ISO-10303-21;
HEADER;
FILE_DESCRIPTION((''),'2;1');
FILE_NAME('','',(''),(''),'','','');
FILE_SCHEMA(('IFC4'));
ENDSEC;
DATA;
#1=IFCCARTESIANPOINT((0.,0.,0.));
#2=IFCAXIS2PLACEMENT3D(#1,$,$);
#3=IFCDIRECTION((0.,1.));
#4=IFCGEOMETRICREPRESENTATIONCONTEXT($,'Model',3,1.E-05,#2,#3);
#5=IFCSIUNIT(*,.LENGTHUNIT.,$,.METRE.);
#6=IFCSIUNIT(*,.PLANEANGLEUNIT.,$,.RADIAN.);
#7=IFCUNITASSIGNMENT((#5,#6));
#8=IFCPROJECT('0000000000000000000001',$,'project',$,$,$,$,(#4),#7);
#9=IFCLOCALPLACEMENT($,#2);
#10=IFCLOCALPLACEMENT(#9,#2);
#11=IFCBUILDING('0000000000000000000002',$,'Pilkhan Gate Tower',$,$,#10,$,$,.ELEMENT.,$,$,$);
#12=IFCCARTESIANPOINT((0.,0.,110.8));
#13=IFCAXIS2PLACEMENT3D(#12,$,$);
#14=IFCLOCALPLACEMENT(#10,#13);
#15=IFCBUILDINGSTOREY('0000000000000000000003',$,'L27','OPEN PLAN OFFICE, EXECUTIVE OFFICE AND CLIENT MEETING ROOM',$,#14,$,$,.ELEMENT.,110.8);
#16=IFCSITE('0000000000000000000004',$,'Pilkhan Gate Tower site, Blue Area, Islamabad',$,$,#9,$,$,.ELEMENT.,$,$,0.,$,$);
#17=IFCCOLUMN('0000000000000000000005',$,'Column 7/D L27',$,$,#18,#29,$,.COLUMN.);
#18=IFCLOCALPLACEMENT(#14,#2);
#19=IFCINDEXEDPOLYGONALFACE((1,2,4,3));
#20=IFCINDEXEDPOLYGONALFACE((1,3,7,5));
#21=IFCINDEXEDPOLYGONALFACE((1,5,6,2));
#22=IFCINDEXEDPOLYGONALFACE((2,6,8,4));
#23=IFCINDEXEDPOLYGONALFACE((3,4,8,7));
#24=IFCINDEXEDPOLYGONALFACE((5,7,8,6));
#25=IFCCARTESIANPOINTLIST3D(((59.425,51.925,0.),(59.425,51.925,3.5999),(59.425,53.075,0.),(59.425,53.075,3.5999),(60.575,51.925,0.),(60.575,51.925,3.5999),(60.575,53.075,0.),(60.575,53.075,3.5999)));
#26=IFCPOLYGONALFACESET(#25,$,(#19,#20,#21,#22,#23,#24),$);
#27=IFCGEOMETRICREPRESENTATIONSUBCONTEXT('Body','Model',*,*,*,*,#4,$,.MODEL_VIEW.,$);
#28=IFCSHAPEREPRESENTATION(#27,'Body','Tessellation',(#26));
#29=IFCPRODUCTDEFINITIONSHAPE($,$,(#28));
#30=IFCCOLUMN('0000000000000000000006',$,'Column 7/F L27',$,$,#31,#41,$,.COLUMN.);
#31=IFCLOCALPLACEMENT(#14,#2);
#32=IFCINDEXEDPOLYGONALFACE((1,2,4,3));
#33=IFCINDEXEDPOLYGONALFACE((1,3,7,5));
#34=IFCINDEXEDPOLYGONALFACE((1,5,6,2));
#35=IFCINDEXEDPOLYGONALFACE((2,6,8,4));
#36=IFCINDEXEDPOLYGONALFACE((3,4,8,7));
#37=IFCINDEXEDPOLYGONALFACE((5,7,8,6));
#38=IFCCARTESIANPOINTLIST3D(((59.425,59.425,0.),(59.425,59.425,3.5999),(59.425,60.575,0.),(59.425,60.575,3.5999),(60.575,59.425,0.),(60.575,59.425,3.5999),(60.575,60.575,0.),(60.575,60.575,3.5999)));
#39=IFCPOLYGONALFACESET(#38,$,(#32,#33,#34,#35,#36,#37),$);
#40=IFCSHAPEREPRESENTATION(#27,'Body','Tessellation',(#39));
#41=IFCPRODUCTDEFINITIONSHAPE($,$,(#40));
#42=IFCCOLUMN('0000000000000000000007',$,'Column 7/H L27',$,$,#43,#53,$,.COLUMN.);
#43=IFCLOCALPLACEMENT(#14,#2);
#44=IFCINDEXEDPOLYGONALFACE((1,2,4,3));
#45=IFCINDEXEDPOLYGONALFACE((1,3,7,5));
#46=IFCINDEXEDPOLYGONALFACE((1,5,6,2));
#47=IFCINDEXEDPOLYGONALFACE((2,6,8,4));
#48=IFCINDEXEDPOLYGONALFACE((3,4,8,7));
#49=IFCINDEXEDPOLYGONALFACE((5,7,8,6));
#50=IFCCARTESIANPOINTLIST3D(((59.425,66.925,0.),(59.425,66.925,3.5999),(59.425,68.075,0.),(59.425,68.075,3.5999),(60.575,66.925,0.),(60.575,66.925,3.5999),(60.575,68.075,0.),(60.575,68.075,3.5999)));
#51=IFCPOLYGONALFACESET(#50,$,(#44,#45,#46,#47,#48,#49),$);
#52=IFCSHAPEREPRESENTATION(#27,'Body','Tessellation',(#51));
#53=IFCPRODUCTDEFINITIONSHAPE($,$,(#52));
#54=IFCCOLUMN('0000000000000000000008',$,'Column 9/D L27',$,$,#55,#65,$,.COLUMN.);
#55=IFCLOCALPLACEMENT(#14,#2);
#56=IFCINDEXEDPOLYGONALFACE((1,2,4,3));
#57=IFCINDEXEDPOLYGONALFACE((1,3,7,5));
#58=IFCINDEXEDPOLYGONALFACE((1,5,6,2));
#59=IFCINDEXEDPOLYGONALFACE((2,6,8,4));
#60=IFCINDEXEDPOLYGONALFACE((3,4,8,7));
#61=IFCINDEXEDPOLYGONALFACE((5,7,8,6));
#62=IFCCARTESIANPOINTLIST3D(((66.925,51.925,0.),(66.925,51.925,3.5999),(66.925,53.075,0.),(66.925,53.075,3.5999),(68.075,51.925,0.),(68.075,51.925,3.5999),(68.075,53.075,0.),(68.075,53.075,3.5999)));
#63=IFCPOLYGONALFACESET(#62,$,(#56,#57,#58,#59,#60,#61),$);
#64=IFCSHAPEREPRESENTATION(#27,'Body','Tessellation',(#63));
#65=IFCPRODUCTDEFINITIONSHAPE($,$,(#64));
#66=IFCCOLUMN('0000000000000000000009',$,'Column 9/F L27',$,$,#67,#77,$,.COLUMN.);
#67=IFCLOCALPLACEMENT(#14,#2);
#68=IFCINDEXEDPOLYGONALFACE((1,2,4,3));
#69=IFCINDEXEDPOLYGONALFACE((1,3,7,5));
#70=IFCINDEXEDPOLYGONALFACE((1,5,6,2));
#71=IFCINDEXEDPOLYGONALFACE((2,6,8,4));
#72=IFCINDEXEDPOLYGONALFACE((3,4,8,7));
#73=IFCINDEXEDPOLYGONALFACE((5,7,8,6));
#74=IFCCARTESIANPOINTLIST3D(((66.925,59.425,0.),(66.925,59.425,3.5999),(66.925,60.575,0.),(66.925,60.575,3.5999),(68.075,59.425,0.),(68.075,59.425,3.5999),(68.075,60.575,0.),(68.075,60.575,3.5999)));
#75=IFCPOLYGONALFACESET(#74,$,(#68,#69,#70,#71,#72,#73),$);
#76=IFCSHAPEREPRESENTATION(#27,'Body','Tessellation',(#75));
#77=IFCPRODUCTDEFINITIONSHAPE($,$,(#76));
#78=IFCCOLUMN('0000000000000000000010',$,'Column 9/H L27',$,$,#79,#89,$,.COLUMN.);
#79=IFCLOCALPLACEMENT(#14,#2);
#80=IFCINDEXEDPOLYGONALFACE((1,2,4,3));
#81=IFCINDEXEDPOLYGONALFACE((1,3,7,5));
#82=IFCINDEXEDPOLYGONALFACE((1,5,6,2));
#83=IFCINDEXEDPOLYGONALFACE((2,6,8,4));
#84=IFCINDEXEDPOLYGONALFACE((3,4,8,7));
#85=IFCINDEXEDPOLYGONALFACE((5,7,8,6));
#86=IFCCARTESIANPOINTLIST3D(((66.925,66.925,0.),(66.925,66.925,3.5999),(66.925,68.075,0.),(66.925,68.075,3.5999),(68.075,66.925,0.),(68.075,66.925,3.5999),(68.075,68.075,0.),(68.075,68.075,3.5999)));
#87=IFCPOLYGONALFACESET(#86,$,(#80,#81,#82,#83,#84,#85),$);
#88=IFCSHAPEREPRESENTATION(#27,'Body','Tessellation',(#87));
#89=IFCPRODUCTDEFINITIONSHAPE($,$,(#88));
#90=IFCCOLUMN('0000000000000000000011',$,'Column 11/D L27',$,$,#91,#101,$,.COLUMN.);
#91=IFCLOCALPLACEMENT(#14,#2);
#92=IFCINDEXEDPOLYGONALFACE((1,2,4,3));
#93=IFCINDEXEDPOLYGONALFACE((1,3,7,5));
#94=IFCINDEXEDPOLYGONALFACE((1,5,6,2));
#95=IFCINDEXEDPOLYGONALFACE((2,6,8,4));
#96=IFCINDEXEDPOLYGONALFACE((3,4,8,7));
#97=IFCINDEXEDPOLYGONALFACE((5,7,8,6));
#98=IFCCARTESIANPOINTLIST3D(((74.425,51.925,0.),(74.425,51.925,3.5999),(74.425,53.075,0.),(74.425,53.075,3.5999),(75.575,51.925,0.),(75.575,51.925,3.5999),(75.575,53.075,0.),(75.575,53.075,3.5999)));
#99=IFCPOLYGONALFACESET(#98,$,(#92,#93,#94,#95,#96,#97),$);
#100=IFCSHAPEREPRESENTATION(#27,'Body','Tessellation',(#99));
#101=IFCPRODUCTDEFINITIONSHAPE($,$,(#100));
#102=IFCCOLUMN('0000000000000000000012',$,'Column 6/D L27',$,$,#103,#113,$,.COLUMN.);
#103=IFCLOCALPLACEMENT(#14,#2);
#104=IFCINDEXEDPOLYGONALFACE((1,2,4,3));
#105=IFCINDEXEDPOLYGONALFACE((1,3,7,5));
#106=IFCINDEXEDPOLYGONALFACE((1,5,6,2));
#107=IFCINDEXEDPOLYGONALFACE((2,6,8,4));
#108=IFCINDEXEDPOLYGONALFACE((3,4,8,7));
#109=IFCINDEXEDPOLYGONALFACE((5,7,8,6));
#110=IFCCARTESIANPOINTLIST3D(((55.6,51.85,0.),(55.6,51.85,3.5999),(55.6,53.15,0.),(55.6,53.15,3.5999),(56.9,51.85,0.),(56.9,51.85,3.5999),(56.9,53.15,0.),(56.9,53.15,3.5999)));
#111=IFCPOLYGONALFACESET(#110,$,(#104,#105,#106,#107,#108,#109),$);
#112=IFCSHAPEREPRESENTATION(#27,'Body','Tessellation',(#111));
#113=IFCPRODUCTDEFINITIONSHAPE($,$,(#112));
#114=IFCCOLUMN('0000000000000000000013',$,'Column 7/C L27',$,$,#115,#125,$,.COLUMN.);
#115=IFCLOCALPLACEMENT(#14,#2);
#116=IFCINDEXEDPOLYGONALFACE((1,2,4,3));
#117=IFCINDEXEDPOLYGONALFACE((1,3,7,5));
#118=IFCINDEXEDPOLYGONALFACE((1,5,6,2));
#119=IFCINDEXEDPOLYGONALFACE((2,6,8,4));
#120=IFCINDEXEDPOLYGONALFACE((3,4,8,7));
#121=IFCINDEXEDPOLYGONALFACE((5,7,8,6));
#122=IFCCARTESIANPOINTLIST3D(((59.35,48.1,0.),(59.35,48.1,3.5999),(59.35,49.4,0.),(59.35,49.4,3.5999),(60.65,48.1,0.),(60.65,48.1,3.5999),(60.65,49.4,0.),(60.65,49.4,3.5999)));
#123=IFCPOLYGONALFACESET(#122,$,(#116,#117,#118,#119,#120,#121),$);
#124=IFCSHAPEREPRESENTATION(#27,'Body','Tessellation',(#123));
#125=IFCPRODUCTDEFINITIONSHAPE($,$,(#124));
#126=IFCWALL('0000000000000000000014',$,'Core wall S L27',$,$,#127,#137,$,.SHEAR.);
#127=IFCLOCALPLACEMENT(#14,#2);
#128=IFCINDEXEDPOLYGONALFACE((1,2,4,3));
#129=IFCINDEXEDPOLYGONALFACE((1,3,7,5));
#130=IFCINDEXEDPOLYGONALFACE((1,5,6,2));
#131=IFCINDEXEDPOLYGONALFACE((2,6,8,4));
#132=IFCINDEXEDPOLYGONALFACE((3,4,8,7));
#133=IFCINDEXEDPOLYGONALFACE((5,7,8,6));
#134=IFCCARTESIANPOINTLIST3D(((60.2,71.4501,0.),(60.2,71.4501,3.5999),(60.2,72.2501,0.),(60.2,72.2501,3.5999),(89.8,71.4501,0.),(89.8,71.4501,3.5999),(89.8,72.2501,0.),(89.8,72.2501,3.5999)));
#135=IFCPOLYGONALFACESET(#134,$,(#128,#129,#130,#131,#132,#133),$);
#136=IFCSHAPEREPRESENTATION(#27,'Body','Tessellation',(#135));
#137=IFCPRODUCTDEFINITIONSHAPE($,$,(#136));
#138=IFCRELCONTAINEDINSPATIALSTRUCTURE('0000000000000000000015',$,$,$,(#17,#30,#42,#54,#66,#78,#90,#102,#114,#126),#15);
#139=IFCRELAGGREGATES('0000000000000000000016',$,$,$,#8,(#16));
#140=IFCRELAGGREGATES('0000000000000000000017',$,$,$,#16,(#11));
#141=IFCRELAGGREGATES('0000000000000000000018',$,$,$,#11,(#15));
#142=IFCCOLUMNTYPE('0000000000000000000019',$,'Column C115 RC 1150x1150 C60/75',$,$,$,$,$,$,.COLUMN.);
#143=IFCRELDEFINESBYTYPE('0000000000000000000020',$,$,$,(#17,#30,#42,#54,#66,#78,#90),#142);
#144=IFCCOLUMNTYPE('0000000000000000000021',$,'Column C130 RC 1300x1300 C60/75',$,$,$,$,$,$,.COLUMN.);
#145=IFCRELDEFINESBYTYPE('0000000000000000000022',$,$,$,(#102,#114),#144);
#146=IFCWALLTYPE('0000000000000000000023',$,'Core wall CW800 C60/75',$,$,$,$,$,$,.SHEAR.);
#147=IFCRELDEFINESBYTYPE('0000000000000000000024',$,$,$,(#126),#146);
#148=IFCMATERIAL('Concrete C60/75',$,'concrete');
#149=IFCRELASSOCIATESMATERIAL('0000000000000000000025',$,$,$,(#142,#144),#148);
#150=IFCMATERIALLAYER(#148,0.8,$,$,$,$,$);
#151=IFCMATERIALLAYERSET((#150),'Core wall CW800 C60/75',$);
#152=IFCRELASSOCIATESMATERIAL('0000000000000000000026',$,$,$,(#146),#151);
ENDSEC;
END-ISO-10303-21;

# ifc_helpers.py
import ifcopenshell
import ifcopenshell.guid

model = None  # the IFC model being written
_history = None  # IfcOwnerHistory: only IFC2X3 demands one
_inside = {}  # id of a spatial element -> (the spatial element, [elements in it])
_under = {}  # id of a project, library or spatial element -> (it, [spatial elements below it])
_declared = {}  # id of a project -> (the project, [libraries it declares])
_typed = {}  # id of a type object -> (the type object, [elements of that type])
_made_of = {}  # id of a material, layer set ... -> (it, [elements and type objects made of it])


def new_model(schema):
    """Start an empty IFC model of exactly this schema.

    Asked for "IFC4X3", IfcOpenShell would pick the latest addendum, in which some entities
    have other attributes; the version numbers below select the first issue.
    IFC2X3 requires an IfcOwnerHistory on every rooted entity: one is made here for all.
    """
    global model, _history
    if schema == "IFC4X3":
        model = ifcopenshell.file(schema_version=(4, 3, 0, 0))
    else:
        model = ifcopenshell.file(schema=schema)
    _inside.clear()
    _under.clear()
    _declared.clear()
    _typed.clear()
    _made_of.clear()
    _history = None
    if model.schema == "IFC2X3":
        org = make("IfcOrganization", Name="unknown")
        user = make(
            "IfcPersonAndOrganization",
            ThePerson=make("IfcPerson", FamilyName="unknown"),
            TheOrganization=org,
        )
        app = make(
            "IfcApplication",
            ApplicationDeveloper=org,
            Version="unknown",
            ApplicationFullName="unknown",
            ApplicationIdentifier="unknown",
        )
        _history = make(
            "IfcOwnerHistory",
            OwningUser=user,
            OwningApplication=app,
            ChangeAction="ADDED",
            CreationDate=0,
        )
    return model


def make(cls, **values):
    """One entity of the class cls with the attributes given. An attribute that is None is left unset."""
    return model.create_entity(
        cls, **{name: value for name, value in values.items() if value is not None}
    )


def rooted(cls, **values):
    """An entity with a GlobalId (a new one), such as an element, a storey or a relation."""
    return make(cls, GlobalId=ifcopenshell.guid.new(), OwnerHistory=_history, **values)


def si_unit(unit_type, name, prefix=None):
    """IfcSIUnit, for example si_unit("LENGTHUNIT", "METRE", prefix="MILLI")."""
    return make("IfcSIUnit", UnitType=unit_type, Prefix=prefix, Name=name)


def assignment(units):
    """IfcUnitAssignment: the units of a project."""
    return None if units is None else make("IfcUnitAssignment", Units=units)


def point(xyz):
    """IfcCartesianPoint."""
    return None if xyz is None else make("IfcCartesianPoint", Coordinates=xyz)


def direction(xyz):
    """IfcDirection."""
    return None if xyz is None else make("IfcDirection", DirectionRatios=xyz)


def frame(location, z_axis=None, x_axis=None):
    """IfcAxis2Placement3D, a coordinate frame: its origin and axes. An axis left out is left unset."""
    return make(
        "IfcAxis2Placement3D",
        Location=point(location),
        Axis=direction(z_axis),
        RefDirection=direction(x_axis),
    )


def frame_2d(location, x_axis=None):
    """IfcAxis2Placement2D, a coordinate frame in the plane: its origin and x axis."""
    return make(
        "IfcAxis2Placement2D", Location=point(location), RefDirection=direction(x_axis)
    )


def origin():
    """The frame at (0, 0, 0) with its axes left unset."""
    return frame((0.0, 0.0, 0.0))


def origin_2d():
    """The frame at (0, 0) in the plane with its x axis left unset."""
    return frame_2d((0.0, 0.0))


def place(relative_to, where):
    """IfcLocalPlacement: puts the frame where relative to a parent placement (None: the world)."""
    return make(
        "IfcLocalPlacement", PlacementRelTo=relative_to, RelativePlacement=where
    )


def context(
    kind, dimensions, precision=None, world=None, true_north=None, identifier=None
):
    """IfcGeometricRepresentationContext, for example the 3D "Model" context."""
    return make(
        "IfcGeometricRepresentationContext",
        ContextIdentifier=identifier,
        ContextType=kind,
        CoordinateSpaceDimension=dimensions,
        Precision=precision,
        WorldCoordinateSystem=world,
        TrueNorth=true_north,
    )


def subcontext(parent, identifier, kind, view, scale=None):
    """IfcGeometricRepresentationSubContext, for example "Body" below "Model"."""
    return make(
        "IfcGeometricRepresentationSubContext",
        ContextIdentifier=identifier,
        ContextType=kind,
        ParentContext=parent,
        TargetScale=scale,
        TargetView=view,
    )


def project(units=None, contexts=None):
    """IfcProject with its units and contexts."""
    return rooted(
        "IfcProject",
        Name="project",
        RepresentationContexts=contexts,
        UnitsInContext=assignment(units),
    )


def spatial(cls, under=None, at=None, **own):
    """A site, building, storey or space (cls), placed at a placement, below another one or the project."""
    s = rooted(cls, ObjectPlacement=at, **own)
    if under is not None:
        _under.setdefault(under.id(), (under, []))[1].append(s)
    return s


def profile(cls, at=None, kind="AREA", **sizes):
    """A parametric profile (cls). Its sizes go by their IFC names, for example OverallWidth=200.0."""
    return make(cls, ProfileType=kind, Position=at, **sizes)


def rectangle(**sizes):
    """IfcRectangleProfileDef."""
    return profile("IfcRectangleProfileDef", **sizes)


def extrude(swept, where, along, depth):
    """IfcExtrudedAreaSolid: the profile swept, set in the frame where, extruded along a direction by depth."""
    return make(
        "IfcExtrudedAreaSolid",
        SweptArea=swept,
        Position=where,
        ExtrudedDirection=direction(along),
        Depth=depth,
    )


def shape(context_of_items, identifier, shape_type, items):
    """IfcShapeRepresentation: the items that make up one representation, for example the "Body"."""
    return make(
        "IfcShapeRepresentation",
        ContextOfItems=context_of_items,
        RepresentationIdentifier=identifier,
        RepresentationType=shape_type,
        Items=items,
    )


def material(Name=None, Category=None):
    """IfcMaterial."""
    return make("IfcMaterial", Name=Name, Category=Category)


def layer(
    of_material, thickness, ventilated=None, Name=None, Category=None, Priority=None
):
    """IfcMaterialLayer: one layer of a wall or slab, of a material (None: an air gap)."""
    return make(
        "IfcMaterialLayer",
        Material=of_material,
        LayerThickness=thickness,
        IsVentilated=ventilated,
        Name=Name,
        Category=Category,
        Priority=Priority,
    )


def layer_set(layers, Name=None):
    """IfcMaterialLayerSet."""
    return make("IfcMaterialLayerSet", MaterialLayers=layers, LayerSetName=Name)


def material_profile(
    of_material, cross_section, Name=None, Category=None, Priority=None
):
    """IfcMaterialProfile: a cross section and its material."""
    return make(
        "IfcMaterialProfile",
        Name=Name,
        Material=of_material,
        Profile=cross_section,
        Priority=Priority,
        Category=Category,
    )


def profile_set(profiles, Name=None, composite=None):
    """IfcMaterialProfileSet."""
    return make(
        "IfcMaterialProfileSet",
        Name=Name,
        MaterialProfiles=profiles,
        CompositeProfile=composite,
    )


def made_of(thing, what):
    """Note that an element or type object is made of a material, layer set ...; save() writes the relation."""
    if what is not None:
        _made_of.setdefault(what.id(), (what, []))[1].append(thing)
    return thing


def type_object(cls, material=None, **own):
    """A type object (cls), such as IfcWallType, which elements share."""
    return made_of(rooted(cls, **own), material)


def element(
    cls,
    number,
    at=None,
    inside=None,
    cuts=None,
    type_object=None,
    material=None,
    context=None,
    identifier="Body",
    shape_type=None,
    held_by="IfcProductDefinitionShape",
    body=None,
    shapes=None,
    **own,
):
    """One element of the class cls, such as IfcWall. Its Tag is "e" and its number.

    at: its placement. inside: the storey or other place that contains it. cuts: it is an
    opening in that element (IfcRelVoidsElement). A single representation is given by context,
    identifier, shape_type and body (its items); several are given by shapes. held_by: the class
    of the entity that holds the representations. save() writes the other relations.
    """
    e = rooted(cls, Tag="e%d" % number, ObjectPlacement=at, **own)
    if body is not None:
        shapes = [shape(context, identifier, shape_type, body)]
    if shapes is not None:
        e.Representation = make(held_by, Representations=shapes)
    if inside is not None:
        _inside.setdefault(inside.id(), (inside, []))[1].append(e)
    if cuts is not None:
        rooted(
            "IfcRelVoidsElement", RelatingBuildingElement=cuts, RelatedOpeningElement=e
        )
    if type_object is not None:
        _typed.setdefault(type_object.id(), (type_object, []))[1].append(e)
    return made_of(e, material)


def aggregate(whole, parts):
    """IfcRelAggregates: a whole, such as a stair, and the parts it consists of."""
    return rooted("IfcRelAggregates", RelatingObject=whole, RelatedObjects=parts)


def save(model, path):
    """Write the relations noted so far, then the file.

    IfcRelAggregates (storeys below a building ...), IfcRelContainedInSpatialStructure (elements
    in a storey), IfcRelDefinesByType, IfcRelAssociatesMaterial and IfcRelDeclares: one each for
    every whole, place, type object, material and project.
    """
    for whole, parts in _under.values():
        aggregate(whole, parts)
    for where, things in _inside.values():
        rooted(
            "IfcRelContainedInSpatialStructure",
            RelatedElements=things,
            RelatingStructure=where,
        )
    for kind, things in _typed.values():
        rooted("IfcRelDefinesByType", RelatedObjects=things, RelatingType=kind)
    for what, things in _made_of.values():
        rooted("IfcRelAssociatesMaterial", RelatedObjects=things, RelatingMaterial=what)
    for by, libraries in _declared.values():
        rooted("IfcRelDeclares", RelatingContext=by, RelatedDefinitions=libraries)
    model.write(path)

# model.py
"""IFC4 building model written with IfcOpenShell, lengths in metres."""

from ifc_helpers import new_model, si_unit, direction, frame, frame_2d, origin, origin_2d, place, context, subcontext, project, spatial, rectangle, extrude, material, layer, layer_set, material_profile, profile_set, type_object, element, save


model = new_model("IFC4")

# Units and contexts
model_context = context("Model", 3, precision=1e-05, world=origin(), true_north=direction((0.0, 1.0)))
body_context = subcontext(model_context, "Body", "Model", "MODEL_VIEW")
ifc_project = project(units=[si_unit("LENGTHUNIT", "METRE"), si_unit("PLANEANGLEUNIT", "RADIAN")], contexts=[model_context])

# Site, building, storey
site_placement = place(None, origin())
site = spatial("IfcSite", under=ifc_project, at=site_placement, Name="Pilkhan Gate Tower site, Blue Area, Islamabad", CompositionType="ELEMENT", RefElevation=0.0)
building_placement = place(site_placement, origin())
building = spatial("IfcBuilding", under=site, at=building_placement, Name="Pilkhan Gate Tower", CompositionType="ELEMENT")
storey_placement = place(building_placement, frame((0.0, 0.0, 110.8)))
storey = spatial("IfcBuildingStorey", under=building, at=storey_placement, Name="L27", Description="OPEN PLAN OFFICE, EXECUTIVE OFFICE AND CLIENT MEETING ROOM", CompositionType="ELEMENT", Elevation=110.8)

# Columns
ifc_material_1 = material(Name="Concrete C60/75", Category="concrete")
ifc_material_profile_1 = material_profile(ifc_material_1, rectangle(XDim=1.1499, YDim=1.1499, at=origin_2d()), Name="RC 1150x1150")
ifc_profile_set_1 = profile_set([ifc_material_profile_1], Name="Concrete C60/75")
column_type_1 = type_object("IfcColumnType", Name="Column C115 RC 1150x1150 C60/75", PredefinedType="COLUMN", material=ifc_profile_set_1)
for number, where, z_axis, x_axis, name in (
    (1, (60.0, 52.5, 0.0), (0.0, 0.0, 1.0), (1.0, 0.0, 0.0), "Column 7/D L27"),
    (2, (60.0, 60.0, 0.0), (0.0, 0.0, 1.0), (1.0, 0.0, 0.0), "Column 7/F L27"),
    (3, (60.0, 67.5, 0.0), (0.0, 0.0, 1.0), (1.0, 0.0, 0.0), "Column 7/H L27"),
    (4, (67.5, 52.5, 0.0), (0.0, 0.0, 1.0), (1.0, 0.0, 0.0), "Column 9/D L27"),
    (5, (67.5, 60.0, 0.0), (0.0, 0.0, 1.0), (1.0, 0.0, 0.0), "Column 9/F L27"),
    (6, (67.5, 67.5, 0.0), (0.0, 0.0, 1.0), (1.0, 0.0, 0.0), "Column 9/H L27"),
    (7, (75.0, 52.5, 0.0), (0.0, 0.0, 1.0), (1.0, 0.0, 0.0), "Column 11/D L27"),
):
    element("IfcColumn", number, at=place(storey_placement, frame(where, z_axis=z_axis, x_axis=x_axis)), inside=storey, type_object=column_type_1, Name=name, PredefinedType="COLUMN", context=body_context, shape_type="SweptSolid", body=[
        extrude(rectangle(XDim=1.1499, YDim=1.1499, at=origin_2d()), origin(), (0.0, 0.0, 1.0), 3.5999),
    ])
ifc_material_profile_2 = material_profile(ifc_material_1, rectangle(XDim=1.3, YDim=1.3, at=origin_2d()), Name="RC 1300x1300")
ifc_profile_set_2 = profile_set([ifc_material_profile_2], Name="Concrete C60/75")
column_type_2 = type_object("IfcColumnType", Name="Column C130 RC 1300x1300 C60/75", PredefinedType="COLUMN", material=ifc_profile_set_2)
for number, where, z_axis, x_axis, name in (
    (8, (56.25, 52.5, 0.0), (0.0, 0.0, 1.0), (1.0, 0.0, 0.0), "Column 6/D L27"),
    (9, (60.0, 48.75, 0.0), (0.0, 0.0, 1.0), (1.0, 0.0, 0.0), "Column 7/C L27"),
):
    element("IfcColumn", number, at=place(storey_placement, frame(where, z_axis=z_axis, x_axis=x_axis)), inside=storey, type_object=column_type_2, Name=name, PredefinedType="COLUMN", context=body_context, shape_type="SweptSolid", body=[
        extrude(rectangle(XDim=1.3, YDim=1.3, at=origin_2d()), origin(), (0.0, 0.0, 1.0), 3.5999),
    ])

# Wall
ifc_layer_1 = layer(ifc_material_1, 0.8)
ifc_layer_set_1 = layer_set([ifc_layer_1], Name="Core wall CW800 C60/75")
wall_type_1 = type_object("IfcWallType", Name="Core wall CW800 C60/75", PredefinedType="SHEAR", material=ifc_layer_set_1)
wall_1_placement = place(storey_placement, frame((60.2, 71.8501, 0.0), z_axis=(0.0, 0.0, 1.0), x_axis=(1.0, 0.0, 0.0)))
element("IfcWall", 10, at=wall_1_placement, inside=storey, type_object=wall_type_1, Name="Core wall S L27", PredefinedType="SHEAR", context=body_context, shape_type="SweptSolid", body=[
    extrude(rectangle(XDim=29.6001, YDim=0.8, at=frame_2d((14.8, 0.0))), origin(), (0.0, 0.0, 1.0), 3.5999),
])

save(model, "model.ifc")
